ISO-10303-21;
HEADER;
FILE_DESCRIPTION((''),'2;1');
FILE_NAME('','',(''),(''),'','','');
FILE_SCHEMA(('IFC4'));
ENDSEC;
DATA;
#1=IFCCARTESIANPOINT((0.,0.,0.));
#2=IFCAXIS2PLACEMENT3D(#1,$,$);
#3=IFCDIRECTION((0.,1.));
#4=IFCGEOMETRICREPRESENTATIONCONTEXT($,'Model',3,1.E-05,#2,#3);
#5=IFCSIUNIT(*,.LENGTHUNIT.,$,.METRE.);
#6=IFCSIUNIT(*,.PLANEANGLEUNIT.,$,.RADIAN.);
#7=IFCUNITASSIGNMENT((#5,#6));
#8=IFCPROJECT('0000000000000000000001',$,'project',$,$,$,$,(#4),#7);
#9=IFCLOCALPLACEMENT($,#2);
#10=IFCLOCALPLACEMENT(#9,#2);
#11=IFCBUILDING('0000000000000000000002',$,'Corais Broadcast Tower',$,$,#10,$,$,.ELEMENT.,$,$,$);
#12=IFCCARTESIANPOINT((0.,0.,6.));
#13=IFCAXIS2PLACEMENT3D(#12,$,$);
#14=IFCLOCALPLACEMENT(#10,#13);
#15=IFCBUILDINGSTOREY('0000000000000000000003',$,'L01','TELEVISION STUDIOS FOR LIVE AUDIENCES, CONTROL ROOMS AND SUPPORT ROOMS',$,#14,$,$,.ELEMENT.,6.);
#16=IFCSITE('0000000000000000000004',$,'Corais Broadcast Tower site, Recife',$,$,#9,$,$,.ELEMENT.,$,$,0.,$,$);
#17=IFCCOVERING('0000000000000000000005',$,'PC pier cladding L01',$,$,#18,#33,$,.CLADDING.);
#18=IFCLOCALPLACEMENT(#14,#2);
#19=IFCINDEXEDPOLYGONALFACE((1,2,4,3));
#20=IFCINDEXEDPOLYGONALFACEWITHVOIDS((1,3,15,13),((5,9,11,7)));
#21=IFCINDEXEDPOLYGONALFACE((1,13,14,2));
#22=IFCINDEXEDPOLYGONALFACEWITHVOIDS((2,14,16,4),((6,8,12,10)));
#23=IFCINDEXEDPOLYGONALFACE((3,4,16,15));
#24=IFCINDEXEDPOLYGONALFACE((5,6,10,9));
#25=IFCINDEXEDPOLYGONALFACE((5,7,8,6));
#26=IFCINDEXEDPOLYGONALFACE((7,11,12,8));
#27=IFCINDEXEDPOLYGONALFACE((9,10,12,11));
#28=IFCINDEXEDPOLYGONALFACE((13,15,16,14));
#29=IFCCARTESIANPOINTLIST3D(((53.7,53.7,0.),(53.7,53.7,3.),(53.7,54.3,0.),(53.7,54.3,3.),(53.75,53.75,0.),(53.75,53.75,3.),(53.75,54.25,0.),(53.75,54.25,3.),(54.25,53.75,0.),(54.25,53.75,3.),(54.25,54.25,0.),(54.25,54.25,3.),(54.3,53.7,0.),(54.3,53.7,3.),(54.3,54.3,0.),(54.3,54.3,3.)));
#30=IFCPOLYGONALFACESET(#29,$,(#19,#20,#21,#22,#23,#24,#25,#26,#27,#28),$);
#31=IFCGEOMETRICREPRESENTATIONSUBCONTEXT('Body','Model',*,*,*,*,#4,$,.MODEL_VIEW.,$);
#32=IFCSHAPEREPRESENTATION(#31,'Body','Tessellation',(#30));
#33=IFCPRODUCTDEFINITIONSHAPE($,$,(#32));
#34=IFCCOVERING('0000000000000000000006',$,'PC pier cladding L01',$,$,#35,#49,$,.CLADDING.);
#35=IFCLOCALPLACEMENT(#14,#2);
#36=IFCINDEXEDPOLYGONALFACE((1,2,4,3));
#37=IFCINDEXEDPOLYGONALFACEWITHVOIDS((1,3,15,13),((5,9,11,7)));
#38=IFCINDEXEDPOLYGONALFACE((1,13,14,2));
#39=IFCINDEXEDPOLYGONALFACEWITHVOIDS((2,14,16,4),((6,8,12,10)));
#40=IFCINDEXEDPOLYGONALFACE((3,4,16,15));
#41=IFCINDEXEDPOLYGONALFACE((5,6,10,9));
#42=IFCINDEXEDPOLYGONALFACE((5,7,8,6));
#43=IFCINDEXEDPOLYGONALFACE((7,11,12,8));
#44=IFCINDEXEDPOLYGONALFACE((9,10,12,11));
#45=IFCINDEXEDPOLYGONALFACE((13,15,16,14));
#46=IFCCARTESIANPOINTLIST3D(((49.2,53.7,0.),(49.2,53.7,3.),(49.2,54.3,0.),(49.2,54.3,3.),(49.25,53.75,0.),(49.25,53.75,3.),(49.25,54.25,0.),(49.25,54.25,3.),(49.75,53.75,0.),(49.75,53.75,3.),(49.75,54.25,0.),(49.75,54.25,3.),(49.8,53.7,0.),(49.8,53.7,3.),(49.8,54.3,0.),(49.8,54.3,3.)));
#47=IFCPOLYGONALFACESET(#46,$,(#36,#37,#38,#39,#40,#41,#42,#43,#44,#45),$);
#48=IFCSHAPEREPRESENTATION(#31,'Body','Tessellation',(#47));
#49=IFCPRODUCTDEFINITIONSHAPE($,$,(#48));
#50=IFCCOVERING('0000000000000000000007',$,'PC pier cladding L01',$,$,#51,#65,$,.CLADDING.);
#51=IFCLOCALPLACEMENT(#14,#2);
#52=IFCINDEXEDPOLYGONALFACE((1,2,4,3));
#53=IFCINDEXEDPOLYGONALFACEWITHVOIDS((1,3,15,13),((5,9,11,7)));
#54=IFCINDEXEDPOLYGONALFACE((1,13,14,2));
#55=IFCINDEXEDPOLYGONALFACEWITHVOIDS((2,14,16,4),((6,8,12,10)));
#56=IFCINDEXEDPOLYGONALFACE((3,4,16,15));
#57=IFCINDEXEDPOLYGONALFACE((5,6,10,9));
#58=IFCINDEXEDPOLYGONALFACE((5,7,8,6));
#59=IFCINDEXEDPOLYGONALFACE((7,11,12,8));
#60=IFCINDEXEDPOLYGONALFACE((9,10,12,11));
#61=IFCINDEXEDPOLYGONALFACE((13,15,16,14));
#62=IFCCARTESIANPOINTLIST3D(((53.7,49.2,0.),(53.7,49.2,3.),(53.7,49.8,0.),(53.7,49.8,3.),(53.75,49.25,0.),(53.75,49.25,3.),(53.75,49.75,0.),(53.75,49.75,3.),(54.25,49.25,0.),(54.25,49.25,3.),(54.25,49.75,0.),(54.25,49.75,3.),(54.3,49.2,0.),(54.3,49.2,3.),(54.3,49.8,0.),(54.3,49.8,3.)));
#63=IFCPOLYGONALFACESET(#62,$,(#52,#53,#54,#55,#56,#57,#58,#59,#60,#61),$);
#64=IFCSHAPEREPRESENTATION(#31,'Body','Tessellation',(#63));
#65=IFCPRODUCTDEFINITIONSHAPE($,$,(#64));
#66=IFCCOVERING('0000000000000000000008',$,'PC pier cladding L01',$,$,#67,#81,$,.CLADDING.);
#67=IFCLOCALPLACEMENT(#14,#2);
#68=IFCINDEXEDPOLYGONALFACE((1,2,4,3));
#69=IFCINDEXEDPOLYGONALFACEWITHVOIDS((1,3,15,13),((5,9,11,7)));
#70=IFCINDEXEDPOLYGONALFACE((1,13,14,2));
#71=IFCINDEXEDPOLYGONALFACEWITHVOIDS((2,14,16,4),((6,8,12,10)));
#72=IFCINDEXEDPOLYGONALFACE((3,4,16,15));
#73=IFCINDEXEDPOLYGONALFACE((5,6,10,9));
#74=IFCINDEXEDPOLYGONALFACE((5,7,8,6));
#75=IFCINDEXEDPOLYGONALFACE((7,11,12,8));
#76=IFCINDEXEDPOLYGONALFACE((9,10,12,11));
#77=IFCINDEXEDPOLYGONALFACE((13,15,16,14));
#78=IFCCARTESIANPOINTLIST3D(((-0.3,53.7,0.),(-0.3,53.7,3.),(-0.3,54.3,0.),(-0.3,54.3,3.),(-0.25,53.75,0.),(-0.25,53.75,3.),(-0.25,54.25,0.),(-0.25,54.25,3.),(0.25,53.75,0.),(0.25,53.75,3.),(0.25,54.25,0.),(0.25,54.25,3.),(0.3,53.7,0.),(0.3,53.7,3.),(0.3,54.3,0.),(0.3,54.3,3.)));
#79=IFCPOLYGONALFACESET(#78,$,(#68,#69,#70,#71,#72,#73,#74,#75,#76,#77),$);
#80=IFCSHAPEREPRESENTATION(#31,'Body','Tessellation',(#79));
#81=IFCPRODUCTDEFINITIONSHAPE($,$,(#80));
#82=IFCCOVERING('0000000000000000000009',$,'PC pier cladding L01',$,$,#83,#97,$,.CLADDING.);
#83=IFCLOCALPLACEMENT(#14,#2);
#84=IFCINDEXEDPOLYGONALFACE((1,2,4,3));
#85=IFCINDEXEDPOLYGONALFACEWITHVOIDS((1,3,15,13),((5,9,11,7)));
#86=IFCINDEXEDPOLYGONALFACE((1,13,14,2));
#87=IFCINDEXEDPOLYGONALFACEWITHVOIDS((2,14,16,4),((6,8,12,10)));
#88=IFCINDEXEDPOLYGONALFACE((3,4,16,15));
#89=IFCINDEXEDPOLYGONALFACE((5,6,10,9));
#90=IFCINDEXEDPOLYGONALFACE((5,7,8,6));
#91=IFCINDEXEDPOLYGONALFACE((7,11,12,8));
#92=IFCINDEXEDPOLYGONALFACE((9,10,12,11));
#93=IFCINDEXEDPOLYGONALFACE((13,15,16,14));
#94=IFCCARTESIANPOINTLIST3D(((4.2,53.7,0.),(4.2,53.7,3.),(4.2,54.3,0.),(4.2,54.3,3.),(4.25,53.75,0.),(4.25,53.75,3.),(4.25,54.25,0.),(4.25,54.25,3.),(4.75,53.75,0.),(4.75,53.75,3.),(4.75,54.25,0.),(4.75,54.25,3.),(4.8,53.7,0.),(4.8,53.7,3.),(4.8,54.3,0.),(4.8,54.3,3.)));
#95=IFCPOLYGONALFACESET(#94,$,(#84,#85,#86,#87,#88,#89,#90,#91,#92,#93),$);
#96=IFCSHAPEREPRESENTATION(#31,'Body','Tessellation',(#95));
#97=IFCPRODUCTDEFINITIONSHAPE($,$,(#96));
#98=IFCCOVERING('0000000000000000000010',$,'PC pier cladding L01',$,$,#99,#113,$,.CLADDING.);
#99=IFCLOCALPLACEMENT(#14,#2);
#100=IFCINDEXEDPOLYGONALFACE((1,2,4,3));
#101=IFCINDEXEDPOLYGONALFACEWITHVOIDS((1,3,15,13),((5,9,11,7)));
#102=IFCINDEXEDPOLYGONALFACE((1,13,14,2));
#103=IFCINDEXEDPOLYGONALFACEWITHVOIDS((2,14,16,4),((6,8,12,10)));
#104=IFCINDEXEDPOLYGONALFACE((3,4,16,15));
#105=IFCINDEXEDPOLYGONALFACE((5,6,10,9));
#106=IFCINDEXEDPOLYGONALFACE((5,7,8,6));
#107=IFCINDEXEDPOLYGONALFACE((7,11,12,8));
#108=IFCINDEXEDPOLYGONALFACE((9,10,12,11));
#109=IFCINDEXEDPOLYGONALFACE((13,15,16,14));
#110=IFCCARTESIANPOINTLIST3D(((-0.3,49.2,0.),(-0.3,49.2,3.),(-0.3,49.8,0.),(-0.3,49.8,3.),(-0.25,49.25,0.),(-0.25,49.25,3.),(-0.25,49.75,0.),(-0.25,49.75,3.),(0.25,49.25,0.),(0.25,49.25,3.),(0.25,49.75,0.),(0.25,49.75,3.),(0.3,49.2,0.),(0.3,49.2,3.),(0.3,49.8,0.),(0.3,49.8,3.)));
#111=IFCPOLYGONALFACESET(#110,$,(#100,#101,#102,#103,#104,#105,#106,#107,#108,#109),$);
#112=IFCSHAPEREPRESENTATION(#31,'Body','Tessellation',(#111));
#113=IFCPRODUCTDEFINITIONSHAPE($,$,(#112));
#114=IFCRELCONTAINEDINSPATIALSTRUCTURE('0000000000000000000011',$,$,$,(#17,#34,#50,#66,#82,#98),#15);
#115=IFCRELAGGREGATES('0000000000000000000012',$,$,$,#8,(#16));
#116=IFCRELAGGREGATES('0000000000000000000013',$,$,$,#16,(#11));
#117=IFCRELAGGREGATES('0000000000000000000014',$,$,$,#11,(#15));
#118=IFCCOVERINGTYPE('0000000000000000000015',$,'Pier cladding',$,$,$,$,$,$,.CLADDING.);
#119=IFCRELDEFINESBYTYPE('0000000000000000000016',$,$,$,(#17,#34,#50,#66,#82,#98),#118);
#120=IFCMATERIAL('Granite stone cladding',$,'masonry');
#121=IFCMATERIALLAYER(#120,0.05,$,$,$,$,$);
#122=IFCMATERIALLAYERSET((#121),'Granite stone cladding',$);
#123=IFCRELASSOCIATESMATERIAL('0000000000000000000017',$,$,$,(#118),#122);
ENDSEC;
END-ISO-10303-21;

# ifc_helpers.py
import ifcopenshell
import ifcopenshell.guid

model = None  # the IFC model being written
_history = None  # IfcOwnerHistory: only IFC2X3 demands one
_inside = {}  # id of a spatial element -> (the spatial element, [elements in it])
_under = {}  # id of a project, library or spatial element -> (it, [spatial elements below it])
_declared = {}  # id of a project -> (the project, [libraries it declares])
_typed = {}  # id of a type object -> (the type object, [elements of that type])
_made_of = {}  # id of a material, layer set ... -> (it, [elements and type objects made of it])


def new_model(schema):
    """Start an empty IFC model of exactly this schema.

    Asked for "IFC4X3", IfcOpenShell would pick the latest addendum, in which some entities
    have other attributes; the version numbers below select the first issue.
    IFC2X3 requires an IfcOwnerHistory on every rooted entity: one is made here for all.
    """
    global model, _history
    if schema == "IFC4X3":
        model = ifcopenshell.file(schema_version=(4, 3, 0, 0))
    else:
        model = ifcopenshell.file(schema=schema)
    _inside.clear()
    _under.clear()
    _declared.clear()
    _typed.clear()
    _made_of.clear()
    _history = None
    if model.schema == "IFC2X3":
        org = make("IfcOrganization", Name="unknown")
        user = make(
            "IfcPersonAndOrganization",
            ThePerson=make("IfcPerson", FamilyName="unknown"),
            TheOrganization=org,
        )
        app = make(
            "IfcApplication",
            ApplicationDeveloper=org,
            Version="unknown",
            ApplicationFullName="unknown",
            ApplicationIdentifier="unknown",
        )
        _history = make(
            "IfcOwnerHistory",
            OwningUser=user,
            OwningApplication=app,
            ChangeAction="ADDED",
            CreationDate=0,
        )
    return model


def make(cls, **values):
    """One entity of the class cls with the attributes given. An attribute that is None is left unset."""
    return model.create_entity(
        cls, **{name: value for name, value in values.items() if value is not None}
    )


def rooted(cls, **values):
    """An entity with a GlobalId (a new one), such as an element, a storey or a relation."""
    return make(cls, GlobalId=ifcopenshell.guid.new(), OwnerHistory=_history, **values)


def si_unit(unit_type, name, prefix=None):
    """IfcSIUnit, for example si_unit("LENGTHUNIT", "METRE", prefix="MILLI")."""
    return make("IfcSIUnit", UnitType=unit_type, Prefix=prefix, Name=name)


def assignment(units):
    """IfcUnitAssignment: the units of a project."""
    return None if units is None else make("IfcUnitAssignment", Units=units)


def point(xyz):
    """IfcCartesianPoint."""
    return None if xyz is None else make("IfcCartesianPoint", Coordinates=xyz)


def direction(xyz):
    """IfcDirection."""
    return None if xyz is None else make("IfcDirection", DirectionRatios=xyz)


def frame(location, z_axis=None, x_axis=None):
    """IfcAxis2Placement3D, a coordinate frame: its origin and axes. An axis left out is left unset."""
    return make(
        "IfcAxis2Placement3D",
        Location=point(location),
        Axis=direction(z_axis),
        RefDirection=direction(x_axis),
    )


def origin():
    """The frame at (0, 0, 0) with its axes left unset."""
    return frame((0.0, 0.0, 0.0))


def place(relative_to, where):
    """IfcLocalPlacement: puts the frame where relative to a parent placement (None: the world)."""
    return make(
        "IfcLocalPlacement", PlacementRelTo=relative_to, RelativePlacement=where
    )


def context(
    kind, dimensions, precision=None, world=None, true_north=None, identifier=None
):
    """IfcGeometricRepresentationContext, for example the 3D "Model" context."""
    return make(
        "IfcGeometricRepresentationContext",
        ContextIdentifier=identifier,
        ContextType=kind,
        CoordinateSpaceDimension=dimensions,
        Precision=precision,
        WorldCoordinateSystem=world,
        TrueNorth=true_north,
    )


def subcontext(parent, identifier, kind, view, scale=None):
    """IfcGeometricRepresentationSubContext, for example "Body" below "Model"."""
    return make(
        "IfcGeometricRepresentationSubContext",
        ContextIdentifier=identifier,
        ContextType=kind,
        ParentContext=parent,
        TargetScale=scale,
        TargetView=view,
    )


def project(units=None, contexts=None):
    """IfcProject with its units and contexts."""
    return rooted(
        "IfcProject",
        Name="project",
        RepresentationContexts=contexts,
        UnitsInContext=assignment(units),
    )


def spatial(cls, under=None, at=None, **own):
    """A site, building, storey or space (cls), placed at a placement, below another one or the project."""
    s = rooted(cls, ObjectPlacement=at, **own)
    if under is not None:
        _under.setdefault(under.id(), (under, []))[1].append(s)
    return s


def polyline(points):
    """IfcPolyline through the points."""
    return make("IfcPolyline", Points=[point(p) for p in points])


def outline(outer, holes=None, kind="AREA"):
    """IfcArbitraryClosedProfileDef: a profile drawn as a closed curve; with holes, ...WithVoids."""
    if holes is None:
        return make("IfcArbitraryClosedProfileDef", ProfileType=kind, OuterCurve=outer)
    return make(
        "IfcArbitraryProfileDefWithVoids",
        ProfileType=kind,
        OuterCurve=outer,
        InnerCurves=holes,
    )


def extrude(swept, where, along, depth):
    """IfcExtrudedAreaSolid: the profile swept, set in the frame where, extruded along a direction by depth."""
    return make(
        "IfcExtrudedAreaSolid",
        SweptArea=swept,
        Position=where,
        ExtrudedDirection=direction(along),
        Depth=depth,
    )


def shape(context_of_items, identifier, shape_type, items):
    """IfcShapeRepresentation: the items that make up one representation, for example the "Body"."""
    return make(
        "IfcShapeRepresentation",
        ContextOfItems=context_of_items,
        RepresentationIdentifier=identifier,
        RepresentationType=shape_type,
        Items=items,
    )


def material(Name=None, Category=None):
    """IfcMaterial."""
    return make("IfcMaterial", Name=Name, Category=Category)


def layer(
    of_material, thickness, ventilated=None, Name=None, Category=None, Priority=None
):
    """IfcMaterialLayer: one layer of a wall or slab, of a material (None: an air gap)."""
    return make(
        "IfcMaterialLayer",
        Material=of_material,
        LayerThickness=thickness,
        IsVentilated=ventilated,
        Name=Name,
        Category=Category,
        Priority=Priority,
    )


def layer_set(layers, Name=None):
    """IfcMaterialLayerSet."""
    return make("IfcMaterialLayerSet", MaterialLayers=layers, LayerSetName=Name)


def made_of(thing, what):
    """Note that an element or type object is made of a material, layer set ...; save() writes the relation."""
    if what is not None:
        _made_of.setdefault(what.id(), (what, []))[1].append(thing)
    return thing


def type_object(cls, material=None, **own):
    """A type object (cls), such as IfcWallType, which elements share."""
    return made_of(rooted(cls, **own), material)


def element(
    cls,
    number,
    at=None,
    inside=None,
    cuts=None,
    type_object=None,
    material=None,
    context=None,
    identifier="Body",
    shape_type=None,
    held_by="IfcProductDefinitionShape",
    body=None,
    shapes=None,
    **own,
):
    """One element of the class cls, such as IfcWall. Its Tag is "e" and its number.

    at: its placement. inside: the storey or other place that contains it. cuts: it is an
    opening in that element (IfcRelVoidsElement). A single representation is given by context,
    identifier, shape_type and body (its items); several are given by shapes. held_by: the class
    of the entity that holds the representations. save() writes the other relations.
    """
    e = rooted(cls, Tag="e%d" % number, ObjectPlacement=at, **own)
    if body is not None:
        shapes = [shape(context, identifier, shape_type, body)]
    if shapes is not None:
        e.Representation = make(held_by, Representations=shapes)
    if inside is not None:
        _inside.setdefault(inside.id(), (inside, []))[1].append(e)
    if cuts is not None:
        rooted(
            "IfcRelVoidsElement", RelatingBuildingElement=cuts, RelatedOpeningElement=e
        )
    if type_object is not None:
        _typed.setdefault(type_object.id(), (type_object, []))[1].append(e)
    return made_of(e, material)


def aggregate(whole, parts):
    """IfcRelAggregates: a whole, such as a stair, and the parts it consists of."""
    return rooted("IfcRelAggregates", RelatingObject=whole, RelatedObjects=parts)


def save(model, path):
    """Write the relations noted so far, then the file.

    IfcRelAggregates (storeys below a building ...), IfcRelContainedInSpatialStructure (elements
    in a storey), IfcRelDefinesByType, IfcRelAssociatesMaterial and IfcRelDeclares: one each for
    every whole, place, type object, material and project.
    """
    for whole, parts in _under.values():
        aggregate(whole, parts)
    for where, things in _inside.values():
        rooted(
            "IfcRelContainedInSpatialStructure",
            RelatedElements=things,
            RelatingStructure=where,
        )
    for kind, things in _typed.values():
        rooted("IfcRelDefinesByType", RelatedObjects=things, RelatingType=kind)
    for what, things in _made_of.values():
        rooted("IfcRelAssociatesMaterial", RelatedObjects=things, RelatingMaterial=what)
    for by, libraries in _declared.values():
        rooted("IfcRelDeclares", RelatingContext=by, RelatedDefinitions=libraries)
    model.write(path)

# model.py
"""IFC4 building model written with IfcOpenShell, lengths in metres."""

from ifc_helpers import new_model, si_unit, direction, frame, origin, place, context, subcontext, project, spatial, polyline, outline, extrude, material, layer, layer_set, type_object, element, save


model = new_model("IFC4")

# Units and contexts
model_context = context("Model", 3, precision=1e-05, world=origin(), true_north=direction((0.0, 1.0)))
body_context = subcontext(model_context, "Body", "Model", "MODEL_VIEW")
ifc_project = project(units=[si_unit("LENGTHUNIT", "METRE"), si_unit("PLANEANGLEUNIT", "RADIAN")], contexts=[model_context])

# Site, building, storey
site_placement = place(None, origin())
site = spatial("IfcSite", under=ifc_project, at=site_placement, Name="Corais Broadcast Tower site, Recife", CompositionType="ELEMENT", RefElevation=0.0)
building_placement = place(site_placement, origin())
building = spatial("IfcBuilding", under=site, at=building_placement, Name="Corais Broadcast Tower", CompositionType="ELEMENT")
storey_placement = place(building_placement, frame((0.0, 0.0, 6.0)))
storey = spatial("IfcBuildingStorey", under=building, at=storey_placement, Name="L01", Description="TELEVISION STUDIOS FOR LIVE AUDIENCES, CONTROL ROOMS AND SUPPORT ROOMS", CompositionType="ELEMENT", Elevation=6.0)

# Coverings
ifc_material_1 = material(Name="Granite stone cladding", Category="masonry")
ifc_layer_1 = layer(ifc_material_1, 0.05)
ifc_layer_set_1 = layer_set([ifc_layer_1], Name="Granite stone cladding")
covering_type = type_object("IfcCoveringType", Name="Pier cladding", PredefinedType="CLADDING", material=ifc_layer_set_1)
covering_1_placement = place(storey_placement, origin())
element("IfcCovering", 1, at=covering_1_placement, inside=storey, type_object=covering_type, Name="PC pier cladding L01", PredefinedType="CLADDING", context=body_context, shape_type="SweptSolid", body=[
    extrude(outline(polyline([(53.7, 53.7), (54.3, 53.7), (54.3, 54.3), (53.7, 54.3), (53.7, 53.7)]), holes=[polyline([(53.75, 53.75), (54.25, 53.75), (54.25, 54.25), (53.75, 54.25), (53.75, 53.75)])]), origin(), (0.0, 0.0, 1.0), 3.0),
])
covering_2_placement = place(storey_placement, origin())
element("IfcCovering", 2, at=covering_2_placement, inside=storey, type_object=covering_type, Name="PC pier cladding L01", PredefinedType="CLADDING", context=body_context, shape_type="SweptSolid", body=[
    extrude(outline(polyline([(49.2, 53.7), (49.8, 53.7), (49.8, 54.3), (49.2, 54.3), (49.2, 53.7)]), holes=[polyline([(49.25, 53.75), (49.75, 53.75), (49.75, 54.25), (49.25, 54.25), (49.25, 53.75)])]), origin(), (0.0, 0.0, 1.0), 3.0),
])
covering_3_placement = place(storey_placement, origin())
element("IfcCovering", 3, at=covering_3_placement, inside=storey, type_object=covering_type, Name="PC pier cladding L01", PredefinedType="CLADDING", context=body_context, shape_type="SweptSolid", body=[
    extrude(outline(polyline([(53.7, 49.2), (54.3, 49.2), (54.3, 49.8), (53.7, 49.8), (53.7, 49.2)]), holes=[polyline([(53.75, 49.25), (54.25, 49.25), (54.25, 49.75), (53.75, 49.75), (53.75, 49.25)])]), origin(), (0.0, 0.0, 1.0), 3.0),
])
covering_4_placement = place(storey_placement, origin())
element("IfcCovering", 4, at=covering_4_placement, inside=storey, type_object=covering_type, Name="PC pier cladding L01", PredefinedType="CLADDING", context=body_context, shape_type="SweptSolid", body=[
    extrude(outline(polyline([(-0.3, 53.7), (0.3, 53.7), (0.3, 54.3), (-0.3, 54.3), (-0.3, 53.7)]), holes=[polyline([(-0.25, 53.75), (0.25, 53.75), (0.25, 54.25), (-0.25, 54.25), (-0.25, 53.75)])]), origin(), (0.0, 0.0, 1.0), 3.0),
])
covering_5_placement = place(storey_placement, origin())
element("IfcCovering", 5, at=covering_5_placement, inside=storey, type_object=covering_type, Name="PC pier cladding L01", PredefinedType="CLADDING", context=body_context, shape_type="SweptSolid", body=[
    extrude(outline(polyline([(4.2, 53.7), (4.8, 53.7), (4.8, 54.3), (4.2, 54.3), (4.2, 53.7)]), holes=[polyline([(4.25, 53.75), (4.75, 53.75), (4.75, 54.25), (4.25, 54.25), (4.25, 53.75)])]), origin(), (0.0, 0.0, 1.0), 3.0),
])
covering_6_placement = place(storey_placement, origin())
element("IfcCovering", 6, at=covering_6_placement, inside=storey, type_object=covering_type, Name="PC pier cladding L01", PredefinedType="CLADDING", context=body_context, shape_type="SweptSolid", body=[
    extrude(outline(polyline([(-0.3, 49.2), (0.3, 49.2), (0.3, 49.8), (-0.3, 49.8), (-0.3, 49.2)]), holes=[polyline([(-0.25, 49.25), (0.25, 49.25), (0.25, 49.75), (-0.25, 49.75), (-0.25, 49.25)])]), origin(), (0.0, 0.0, 1.0), 3.0),
])

save(model, "model.ifc")
